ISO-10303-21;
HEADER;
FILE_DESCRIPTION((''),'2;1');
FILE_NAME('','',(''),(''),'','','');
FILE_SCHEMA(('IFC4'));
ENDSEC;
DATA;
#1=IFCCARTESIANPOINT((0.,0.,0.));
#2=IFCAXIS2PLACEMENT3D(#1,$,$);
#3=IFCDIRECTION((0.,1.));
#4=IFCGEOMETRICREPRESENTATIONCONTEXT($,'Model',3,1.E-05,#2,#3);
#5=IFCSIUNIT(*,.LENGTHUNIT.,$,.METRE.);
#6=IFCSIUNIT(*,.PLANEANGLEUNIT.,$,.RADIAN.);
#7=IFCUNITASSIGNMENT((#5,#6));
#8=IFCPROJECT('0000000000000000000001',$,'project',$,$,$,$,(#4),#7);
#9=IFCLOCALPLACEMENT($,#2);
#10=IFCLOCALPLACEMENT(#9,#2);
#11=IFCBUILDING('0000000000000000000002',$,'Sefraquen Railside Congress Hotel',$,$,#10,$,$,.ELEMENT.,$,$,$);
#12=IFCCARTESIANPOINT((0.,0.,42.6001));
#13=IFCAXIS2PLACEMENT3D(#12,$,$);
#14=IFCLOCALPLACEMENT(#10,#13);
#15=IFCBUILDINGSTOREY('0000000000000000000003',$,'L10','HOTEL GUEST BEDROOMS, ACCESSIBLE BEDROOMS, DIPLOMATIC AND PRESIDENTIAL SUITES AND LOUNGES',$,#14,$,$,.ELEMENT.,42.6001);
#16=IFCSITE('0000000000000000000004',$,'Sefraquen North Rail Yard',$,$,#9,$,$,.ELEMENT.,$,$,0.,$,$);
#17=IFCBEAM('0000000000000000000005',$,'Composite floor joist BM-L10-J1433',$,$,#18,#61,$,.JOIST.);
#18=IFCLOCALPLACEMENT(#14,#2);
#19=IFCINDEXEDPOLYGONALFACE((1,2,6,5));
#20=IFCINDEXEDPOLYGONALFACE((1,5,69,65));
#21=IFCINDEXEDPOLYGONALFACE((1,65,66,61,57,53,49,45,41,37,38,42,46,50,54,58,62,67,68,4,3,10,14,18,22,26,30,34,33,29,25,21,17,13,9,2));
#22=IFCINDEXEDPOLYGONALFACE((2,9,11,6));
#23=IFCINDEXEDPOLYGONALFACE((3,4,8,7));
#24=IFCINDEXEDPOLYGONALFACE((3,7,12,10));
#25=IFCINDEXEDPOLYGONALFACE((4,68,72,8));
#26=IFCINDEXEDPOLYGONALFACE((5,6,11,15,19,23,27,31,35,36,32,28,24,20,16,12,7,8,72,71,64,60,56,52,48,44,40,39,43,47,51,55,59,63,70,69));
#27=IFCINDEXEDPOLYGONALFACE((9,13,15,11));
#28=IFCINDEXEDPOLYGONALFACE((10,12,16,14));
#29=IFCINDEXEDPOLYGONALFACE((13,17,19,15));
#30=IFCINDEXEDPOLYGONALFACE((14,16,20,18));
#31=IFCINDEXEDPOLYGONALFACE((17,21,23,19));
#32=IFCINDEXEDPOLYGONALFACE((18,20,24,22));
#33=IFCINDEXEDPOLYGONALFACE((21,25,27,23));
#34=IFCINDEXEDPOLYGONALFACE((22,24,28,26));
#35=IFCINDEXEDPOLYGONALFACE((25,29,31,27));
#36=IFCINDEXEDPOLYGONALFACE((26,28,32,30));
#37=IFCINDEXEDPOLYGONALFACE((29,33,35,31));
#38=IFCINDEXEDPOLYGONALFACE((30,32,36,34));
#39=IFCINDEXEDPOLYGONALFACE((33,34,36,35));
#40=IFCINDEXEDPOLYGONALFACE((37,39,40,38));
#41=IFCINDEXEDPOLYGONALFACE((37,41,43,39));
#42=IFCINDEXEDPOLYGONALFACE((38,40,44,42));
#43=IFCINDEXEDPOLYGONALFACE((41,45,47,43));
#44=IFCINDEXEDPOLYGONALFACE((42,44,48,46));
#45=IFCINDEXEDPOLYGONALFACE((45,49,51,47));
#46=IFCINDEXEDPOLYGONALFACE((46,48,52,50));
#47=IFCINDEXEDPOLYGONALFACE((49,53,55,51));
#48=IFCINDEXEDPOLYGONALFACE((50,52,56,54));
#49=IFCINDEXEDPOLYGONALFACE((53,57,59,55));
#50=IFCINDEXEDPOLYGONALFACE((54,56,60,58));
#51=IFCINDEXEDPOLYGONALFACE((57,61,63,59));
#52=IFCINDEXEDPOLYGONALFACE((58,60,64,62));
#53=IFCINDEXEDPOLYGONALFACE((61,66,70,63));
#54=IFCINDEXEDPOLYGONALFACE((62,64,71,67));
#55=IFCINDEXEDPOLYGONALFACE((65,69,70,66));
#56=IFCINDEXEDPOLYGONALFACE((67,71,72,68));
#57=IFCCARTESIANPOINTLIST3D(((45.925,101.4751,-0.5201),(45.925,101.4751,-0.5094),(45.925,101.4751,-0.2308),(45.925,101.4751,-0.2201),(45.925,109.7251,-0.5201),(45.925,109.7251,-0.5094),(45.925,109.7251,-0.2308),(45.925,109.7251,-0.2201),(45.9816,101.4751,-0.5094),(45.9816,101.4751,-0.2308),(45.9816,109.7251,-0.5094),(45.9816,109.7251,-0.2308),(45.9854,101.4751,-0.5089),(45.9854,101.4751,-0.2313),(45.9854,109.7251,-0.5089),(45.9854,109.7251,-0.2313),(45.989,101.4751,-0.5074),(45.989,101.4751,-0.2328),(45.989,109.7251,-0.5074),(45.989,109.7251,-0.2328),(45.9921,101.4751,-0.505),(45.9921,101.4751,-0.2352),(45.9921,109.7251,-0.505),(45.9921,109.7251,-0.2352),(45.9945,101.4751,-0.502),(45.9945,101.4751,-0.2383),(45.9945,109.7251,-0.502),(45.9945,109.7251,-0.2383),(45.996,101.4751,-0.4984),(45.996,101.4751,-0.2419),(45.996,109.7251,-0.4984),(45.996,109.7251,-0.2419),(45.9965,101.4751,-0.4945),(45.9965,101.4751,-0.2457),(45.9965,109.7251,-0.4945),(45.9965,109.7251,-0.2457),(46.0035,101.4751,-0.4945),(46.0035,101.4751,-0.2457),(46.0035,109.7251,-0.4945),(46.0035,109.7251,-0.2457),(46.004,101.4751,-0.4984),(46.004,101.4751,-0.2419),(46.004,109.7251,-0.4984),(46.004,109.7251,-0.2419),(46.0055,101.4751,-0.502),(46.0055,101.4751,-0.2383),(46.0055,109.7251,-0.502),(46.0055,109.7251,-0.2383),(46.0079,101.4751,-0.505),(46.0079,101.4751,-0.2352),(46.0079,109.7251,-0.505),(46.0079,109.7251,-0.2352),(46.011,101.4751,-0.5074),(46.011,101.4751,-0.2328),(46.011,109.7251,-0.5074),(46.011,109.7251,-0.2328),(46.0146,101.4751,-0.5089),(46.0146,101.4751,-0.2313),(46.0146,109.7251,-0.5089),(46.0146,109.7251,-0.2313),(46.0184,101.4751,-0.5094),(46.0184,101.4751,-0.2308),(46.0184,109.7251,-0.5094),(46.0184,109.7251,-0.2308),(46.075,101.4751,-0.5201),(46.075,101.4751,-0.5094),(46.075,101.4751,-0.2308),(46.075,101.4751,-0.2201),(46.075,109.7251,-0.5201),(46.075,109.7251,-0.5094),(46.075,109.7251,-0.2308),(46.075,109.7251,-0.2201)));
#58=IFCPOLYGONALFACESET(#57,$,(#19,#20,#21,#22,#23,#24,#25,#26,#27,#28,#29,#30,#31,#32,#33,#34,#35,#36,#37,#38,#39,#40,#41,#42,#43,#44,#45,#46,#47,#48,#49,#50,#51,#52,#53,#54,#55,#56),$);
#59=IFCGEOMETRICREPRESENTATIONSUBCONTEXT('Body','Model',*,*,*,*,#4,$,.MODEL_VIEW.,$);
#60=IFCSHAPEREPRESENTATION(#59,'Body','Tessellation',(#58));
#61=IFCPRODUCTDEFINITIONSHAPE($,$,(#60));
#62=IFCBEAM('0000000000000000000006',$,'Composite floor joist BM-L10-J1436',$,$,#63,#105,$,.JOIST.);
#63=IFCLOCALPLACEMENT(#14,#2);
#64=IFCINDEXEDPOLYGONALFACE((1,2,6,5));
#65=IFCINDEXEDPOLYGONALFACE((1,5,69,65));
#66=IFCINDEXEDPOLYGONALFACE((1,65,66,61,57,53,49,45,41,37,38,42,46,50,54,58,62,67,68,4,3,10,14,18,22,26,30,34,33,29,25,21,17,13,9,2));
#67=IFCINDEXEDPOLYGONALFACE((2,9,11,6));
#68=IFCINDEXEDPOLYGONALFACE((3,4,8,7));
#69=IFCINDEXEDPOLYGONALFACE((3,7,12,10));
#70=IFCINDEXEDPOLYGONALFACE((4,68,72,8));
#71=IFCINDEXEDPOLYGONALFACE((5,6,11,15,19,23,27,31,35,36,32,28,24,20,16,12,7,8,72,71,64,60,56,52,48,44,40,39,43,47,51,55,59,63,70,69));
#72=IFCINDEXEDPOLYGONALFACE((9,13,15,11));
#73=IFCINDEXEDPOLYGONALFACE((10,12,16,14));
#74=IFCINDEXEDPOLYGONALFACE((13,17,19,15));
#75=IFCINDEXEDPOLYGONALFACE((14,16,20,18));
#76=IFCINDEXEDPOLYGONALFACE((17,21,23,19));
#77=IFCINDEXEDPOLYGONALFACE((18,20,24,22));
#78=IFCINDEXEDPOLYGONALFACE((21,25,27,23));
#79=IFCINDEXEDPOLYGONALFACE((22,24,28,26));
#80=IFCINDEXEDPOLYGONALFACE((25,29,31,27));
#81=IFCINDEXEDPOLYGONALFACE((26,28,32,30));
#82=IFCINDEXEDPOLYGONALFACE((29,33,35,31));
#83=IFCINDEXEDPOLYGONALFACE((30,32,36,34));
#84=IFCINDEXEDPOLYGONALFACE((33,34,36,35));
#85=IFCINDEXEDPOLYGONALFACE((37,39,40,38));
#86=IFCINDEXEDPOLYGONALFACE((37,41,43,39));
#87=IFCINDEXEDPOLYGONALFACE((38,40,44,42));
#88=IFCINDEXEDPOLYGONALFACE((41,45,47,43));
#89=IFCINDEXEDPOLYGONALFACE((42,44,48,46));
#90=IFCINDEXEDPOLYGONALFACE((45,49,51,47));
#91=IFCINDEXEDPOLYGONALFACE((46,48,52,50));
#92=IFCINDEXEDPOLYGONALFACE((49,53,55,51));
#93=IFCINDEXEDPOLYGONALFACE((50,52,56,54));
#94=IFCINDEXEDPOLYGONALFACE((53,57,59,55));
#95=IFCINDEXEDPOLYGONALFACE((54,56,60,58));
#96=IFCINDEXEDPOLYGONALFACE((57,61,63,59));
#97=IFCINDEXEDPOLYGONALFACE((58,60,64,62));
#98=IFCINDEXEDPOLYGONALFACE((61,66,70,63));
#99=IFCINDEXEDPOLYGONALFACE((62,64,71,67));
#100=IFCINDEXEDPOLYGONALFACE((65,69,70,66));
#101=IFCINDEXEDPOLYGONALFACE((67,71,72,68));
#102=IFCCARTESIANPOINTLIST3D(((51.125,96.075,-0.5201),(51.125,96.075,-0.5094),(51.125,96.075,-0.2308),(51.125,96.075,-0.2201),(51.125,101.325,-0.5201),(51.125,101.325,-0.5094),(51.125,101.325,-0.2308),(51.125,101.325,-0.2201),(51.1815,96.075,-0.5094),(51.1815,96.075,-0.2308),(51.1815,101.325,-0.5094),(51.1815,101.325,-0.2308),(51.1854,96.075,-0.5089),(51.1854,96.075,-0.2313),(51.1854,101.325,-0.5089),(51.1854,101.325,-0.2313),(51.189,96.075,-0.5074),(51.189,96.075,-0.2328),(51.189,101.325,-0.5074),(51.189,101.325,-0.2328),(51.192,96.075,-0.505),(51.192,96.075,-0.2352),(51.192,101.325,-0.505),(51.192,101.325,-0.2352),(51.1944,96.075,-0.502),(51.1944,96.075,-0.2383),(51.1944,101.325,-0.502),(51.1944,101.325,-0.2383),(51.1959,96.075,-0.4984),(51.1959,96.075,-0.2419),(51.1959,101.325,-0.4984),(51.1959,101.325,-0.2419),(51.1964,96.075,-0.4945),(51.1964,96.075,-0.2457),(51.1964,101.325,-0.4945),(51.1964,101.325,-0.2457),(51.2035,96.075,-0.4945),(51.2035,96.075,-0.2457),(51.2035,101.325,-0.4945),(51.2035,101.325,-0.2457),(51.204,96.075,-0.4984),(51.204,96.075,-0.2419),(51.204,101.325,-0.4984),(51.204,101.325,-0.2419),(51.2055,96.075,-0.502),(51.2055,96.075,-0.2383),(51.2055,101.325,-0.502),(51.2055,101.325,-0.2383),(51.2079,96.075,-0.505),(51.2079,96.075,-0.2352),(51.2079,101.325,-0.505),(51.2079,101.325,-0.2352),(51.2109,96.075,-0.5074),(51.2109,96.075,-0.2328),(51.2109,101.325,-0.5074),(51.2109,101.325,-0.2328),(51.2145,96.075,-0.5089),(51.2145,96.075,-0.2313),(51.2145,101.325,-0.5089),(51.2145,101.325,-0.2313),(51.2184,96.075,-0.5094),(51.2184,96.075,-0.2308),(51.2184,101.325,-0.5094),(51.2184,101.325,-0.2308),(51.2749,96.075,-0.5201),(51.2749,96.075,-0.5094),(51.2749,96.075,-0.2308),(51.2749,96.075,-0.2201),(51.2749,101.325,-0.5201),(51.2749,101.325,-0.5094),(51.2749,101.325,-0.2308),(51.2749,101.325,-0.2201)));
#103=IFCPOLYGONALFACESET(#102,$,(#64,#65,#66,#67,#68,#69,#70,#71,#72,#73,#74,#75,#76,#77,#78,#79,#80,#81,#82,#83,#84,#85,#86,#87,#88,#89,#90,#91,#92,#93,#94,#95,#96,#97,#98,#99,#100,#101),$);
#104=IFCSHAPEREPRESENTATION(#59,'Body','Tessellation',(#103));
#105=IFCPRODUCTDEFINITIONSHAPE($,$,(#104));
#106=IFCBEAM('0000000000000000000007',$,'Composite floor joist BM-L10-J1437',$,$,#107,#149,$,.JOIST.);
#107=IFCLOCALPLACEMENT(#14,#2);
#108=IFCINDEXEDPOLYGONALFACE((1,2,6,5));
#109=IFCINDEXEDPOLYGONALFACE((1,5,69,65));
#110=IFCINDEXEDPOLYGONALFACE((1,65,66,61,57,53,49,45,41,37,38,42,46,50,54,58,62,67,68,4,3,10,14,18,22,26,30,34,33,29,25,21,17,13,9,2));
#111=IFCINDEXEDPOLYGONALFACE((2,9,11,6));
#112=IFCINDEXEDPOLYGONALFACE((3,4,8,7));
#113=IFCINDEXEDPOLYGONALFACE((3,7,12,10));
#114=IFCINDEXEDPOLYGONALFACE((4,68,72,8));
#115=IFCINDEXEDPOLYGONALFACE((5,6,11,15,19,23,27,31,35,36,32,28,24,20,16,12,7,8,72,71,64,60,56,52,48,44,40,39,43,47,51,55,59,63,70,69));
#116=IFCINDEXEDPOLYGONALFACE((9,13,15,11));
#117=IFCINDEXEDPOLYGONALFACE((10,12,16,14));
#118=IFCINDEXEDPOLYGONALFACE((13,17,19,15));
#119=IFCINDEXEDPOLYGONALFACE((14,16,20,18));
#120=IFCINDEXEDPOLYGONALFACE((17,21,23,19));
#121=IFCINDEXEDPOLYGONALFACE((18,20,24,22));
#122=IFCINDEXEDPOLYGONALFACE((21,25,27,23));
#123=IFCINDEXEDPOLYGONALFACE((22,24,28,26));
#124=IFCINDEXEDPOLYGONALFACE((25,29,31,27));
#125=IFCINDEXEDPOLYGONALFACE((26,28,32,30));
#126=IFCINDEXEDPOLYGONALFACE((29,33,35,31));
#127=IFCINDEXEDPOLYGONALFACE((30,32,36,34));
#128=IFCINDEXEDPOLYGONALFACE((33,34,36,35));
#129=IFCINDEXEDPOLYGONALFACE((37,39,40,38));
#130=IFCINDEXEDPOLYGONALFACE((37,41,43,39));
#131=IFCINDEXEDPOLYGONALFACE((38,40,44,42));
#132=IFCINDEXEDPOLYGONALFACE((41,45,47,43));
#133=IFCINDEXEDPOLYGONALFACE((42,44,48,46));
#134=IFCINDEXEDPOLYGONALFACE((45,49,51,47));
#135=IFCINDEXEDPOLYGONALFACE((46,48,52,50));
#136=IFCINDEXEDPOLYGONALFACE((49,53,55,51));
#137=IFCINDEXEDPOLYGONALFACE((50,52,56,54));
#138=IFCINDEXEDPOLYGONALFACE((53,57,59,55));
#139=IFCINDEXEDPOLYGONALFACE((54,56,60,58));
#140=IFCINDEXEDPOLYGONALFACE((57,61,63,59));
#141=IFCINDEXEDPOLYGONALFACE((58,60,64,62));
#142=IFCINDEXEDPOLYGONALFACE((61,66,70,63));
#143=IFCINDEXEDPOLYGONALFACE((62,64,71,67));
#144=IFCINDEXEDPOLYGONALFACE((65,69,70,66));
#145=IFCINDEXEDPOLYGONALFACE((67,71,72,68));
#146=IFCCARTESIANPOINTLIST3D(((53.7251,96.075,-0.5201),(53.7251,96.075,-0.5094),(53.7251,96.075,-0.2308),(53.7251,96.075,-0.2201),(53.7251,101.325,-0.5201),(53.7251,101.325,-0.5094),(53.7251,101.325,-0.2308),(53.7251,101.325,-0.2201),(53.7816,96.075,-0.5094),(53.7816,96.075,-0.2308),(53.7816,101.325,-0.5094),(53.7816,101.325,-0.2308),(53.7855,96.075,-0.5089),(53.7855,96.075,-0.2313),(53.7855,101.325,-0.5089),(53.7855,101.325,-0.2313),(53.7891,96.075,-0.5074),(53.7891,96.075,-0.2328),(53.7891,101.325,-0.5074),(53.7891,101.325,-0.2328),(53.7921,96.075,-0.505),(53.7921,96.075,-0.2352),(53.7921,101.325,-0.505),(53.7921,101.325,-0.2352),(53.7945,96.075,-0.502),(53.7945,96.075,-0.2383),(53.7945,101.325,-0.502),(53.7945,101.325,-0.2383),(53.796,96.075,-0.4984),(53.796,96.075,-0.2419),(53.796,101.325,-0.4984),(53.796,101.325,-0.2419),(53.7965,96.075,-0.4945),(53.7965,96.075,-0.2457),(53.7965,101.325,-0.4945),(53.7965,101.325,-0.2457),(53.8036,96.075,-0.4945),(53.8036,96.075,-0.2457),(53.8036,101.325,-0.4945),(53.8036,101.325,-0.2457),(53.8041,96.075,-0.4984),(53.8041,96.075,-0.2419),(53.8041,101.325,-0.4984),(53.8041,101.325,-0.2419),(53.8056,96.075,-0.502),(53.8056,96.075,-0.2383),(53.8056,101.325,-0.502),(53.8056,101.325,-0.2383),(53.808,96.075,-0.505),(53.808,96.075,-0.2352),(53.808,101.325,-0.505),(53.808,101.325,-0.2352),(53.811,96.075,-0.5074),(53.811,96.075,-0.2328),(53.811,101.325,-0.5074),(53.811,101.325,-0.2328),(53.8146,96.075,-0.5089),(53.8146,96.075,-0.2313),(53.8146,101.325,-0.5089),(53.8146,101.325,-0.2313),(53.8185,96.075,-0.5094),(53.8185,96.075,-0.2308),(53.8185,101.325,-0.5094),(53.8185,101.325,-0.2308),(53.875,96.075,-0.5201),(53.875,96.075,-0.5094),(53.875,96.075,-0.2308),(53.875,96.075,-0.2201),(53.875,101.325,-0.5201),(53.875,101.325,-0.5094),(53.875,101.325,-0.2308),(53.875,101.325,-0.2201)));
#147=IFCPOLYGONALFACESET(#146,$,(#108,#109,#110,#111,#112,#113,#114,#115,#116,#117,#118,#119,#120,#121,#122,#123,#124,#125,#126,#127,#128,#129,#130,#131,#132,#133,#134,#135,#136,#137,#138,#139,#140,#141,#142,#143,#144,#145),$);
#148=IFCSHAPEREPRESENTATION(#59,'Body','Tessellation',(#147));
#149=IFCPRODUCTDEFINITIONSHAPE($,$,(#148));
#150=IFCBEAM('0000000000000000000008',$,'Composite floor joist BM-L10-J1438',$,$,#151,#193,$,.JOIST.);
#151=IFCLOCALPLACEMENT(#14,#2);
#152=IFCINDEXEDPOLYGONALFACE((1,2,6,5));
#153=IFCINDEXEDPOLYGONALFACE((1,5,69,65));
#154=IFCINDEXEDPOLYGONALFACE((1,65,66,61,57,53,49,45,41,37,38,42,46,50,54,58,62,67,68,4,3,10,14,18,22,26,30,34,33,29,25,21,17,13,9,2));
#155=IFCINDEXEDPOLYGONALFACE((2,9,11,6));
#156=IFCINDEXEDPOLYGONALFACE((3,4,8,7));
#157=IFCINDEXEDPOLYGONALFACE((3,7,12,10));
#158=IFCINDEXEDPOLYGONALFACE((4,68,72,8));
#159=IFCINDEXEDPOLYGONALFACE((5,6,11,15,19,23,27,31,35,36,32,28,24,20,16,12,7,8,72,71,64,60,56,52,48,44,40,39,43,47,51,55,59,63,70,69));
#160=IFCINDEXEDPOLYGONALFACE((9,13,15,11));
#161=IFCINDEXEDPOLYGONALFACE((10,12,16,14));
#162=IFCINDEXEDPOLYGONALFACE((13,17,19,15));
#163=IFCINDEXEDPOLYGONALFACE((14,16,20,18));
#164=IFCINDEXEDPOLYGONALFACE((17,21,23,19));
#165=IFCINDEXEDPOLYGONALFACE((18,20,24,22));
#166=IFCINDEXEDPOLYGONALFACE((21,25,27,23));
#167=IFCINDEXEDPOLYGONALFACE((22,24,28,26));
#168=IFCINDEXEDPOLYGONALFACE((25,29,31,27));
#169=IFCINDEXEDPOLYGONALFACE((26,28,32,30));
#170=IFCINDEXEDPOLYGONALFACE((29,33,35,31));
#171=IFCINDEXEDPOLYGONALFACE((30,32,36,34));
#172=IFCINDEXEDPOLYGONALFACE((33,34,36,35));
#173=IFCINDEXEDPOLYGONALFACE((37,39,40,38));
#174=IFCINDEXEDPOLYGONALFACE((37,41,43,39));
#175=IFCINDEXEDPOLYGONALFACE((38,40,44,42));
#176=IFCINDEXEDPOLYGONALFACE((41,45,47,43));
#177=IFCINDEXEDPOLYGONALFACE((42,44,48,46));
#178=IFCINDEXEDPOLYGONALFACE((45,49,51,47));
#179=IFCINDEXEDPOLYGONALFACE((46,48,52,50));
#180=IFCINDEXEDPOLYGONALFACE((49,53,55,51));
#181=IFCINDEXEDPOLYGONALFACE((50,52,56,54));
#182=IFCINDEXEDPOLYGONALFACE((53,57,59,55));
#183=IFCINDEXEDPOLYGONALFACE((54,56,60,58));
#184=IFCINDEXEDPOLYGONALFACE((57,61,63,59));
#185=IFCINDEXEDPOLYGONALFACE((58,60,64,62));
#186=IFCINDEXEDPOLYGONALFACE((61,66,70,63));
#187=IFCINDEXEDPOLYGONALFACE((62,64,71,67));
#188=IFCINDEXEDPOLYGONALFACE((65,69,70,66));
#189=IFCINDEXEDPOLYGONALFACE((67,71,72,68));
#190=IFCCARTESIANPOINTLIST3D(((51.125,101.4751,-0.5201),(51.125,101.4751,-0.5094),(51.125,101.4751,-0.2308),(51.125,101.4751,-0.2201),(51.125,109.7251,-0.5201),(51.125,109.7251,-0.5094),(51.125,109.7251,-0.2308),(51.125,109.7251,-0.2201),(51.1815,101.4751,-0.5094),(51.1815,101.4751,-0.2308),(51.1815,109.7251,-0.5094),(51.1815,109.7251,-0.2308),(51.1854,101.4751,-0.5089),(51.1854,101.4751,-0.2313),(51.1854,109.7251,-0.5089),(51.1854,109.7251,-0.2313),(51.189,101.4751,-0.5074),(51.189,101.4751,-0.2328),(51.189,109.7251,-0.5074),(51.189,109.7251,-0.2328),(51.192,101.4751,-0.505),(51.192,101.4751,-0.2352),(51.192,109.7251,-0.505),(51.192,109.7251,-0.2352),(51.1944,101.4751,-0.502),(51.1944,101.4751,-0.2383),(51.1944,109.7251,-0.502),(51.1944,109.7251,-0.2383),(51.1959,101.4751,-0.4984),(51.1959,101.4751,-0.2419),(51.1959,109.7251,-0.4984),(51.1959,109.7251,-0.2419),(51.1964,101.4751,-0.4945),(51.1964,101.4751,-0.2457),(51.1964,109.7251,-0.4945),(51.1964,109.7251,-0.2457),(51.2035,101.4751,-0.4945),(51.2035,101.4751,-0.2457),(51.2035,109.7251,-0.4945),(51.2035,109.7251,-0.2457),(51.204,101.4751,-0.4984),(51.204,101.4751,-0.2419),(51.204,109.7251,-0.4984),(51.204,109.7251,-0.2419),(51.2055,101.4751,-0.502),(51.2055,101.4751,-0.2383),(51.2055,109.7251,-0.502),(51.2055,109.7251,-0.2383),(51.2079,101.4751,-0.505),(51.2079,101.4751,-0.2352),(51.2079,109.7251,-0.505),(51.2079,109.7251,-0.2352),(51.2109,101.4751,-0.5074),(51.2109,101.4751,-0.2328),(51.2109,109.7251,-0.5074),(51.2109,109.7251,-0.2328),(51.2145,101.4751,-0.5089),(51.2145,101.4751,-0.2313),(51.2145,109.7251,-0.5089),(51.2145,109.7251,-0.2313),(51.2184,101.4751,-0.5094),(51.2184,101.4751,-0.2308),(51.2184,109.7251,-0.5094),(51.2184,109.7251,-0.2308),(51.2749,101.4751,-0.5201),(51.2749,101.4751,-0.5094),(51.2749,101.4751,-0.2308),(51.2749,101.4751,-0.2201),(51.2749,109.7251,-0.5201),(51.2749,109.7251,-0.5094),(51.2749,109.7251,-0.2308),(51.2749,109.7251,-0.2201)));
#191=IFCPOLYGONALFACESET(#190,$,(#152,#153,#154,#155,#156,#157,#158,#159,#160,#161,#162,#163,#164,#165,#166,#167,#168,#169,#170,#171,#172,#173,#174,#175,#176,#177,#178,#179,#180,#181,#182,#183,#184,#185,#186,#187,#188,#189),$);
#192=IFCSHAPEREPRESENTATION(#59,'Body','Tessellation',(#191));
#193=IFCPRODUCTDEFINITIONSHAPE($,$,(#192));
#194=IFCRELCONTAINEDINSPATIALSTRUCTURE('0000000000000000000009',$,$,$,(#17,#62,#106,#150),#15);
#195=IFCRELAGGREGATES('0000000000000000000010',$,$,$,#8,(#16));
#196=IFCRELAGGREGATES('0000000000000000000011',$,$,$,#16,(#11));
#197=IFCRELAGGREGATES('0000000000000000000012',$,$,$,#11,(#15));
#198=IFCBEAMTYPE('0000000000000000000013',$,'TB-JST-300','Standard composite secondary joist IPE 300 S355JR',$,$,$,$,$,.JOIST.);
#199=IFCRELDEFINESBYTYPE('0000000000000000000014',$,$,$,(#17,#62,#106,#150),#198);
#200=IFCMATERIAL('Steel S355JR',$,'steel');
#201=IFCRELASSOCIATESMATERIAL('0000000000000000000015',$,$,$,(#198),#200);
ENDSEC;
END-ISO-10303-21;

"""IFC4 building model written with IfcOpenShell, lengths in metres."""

from ifc_helpers import new_model, si_unit, direction, frame, origin, origin_2d, place, context, subcontext, project, spatial, i_section, extrude, material, material_profile, profile_set, type_object, element, save


model = new_model("IFC4")

# Units and contexts
model_context = context("Model", 3, precision=1e-05, world=origin(), true_north=direction((0.0, 1.0)))
body_context = subcontext(model_context, "Body", "Model", "MODEL_VIEW")
ifc_project = project(units=[si_unit("LENGTHUNIT", "METRE"), si_unit("PLANEANGLEUNIT", "RADIAN")], contexts=[model_context])

# Site, building, storey
site_placement = place(None, origin())
site = spatial("IfcSite", under=ifc_project, at=site_placement, Name="Sefraquen North Rail Yard", CompositionType="ELEMENT", RefElevation=0.0)
building_placement = place(site_placement, origin())
building = spatial("IfcBuilding", under=site, at=building_placement, Name="Sefraquen Railside Congress Hotel", CompositionType="ELEMENT")
storey_placement = place(building_placement, frame((0.0, 0.0, 42.6001)))
storey = spatial("IfcBuildingStorey", under=building, at=storey_placement, Name="L10", Description="HOTEL GUEST BEDROOMS, ACCESSIBLE BEDROOMS, DIPLOMATIC AND PRESIDENTIAL SUITES AND LOUNGES", CompositionType="ELEMENT", Elevation=42.6001)

# Shared definitions
ifc_material_1 = material(Name="Steel S355JR", Category="steel")

# Beams
ifc_material_profile_1 = material_profile(ifc_material_1, i_section(OverallWidth=0.1499, OverallDepth=0.3, WebThickness=0.0071, FlangeThickness=0.0107, FilletRadius=0.0149, at=origin_2d()), Name="IPE 300")
ifc_profile_set_1 = profile_set([ifc_material_profile_1], Name="Steel S355JR")
beam_type_1 = type_object("IfcBeamType", Name="TB-JST-300", Description="Standard composite secondary joist IPE 300 S355JR", PredefinedType="JOIST", material=ifc_profile_set_1)
for number, where, z_axis, x_axis, name in (
    (1, (46.0, 101.4751, -0.3701), (0.0, 1.0, 0.0), (-1.0, 0.0, 0.0), "Composite floor joist BM-L10-J1433"),
):
    element("IfcBeam", number, at=place(storey_placement, frame(where, z_axis=z_axis, x_axis=x_axis)), inside=storey, type_object=beam_type_1, Name=name, PredefinedType="JOIST", context=body_context, shape_type="SweptSolid", body=[
        extrude(i_section(OverallWidth=0.1499, OverallDepth=0.3, WebThickness=0.0071, FlangeThickness=0.0107, FilletRadius=0.0149, at=origin_2d()), origin(), (0.0, 0.0, 1.0), 8.25),
    ])
for number, where, z_axis, x_axis, name in (
    (2, (51.2, 96.075, -0.3701), (0.0, 1.0, 0.0), (-1.0, 0.0, 0.0), "Composite floor joist BM-L10-J1436"),
    (3, (53.8, 96.075, -0.3701), (0.0, 1.0, 0.0), (-1.0, 0.0, 0.0), "Composite floor joist BM-L10-J1437"),
):
    element("IfcBeam", number, at=place(storey_placement, frame(where, z_axis=z_axis, x_axis=x_axis)), inside=storey, type_object=beam_type_1, Name=name, PredefinedType="JOIST", context=body_context, shape_type="SweptSolid", body=[
        extrude(i_section(OverallWidth=0.1499, OverallDepth=0.3, WebThickness=0.0071, FlangeThickness=0.0107, FilletRadius=0.0149, at=origin_2d()), origin(), (0.0, 0.0, 1.0), 5.25),
    ])
for number, where, z_axis, x_axis, name in (
    (4, (51.2, 101.4751, -0.3701), (0.0, 1.0, 0.0), (-1.0, 0.0, 0.0), "Composite floor joist BM-L10-J1438"),
):
    element("IfcBeam", number, at=place(storey_placement, frame(where, z_axis=z_axis, x_axis=x_axis)), inside=storey, type_object=beam_type_1, Name=name, PredefinedType="JOIST", context=body_context, shape_type="SweptSolid", body=[
        extrude(i_section(OverallWidth=0.1499, OverallDepth=0.3, WebThickness=0.0071, FlangeThickness=0.0107, FilletRadius=0.0149, at=origin_2d()), origin(), (0.0, 0.0, 1.0), 8.25),
    ])

save(model, "model.ifc")
